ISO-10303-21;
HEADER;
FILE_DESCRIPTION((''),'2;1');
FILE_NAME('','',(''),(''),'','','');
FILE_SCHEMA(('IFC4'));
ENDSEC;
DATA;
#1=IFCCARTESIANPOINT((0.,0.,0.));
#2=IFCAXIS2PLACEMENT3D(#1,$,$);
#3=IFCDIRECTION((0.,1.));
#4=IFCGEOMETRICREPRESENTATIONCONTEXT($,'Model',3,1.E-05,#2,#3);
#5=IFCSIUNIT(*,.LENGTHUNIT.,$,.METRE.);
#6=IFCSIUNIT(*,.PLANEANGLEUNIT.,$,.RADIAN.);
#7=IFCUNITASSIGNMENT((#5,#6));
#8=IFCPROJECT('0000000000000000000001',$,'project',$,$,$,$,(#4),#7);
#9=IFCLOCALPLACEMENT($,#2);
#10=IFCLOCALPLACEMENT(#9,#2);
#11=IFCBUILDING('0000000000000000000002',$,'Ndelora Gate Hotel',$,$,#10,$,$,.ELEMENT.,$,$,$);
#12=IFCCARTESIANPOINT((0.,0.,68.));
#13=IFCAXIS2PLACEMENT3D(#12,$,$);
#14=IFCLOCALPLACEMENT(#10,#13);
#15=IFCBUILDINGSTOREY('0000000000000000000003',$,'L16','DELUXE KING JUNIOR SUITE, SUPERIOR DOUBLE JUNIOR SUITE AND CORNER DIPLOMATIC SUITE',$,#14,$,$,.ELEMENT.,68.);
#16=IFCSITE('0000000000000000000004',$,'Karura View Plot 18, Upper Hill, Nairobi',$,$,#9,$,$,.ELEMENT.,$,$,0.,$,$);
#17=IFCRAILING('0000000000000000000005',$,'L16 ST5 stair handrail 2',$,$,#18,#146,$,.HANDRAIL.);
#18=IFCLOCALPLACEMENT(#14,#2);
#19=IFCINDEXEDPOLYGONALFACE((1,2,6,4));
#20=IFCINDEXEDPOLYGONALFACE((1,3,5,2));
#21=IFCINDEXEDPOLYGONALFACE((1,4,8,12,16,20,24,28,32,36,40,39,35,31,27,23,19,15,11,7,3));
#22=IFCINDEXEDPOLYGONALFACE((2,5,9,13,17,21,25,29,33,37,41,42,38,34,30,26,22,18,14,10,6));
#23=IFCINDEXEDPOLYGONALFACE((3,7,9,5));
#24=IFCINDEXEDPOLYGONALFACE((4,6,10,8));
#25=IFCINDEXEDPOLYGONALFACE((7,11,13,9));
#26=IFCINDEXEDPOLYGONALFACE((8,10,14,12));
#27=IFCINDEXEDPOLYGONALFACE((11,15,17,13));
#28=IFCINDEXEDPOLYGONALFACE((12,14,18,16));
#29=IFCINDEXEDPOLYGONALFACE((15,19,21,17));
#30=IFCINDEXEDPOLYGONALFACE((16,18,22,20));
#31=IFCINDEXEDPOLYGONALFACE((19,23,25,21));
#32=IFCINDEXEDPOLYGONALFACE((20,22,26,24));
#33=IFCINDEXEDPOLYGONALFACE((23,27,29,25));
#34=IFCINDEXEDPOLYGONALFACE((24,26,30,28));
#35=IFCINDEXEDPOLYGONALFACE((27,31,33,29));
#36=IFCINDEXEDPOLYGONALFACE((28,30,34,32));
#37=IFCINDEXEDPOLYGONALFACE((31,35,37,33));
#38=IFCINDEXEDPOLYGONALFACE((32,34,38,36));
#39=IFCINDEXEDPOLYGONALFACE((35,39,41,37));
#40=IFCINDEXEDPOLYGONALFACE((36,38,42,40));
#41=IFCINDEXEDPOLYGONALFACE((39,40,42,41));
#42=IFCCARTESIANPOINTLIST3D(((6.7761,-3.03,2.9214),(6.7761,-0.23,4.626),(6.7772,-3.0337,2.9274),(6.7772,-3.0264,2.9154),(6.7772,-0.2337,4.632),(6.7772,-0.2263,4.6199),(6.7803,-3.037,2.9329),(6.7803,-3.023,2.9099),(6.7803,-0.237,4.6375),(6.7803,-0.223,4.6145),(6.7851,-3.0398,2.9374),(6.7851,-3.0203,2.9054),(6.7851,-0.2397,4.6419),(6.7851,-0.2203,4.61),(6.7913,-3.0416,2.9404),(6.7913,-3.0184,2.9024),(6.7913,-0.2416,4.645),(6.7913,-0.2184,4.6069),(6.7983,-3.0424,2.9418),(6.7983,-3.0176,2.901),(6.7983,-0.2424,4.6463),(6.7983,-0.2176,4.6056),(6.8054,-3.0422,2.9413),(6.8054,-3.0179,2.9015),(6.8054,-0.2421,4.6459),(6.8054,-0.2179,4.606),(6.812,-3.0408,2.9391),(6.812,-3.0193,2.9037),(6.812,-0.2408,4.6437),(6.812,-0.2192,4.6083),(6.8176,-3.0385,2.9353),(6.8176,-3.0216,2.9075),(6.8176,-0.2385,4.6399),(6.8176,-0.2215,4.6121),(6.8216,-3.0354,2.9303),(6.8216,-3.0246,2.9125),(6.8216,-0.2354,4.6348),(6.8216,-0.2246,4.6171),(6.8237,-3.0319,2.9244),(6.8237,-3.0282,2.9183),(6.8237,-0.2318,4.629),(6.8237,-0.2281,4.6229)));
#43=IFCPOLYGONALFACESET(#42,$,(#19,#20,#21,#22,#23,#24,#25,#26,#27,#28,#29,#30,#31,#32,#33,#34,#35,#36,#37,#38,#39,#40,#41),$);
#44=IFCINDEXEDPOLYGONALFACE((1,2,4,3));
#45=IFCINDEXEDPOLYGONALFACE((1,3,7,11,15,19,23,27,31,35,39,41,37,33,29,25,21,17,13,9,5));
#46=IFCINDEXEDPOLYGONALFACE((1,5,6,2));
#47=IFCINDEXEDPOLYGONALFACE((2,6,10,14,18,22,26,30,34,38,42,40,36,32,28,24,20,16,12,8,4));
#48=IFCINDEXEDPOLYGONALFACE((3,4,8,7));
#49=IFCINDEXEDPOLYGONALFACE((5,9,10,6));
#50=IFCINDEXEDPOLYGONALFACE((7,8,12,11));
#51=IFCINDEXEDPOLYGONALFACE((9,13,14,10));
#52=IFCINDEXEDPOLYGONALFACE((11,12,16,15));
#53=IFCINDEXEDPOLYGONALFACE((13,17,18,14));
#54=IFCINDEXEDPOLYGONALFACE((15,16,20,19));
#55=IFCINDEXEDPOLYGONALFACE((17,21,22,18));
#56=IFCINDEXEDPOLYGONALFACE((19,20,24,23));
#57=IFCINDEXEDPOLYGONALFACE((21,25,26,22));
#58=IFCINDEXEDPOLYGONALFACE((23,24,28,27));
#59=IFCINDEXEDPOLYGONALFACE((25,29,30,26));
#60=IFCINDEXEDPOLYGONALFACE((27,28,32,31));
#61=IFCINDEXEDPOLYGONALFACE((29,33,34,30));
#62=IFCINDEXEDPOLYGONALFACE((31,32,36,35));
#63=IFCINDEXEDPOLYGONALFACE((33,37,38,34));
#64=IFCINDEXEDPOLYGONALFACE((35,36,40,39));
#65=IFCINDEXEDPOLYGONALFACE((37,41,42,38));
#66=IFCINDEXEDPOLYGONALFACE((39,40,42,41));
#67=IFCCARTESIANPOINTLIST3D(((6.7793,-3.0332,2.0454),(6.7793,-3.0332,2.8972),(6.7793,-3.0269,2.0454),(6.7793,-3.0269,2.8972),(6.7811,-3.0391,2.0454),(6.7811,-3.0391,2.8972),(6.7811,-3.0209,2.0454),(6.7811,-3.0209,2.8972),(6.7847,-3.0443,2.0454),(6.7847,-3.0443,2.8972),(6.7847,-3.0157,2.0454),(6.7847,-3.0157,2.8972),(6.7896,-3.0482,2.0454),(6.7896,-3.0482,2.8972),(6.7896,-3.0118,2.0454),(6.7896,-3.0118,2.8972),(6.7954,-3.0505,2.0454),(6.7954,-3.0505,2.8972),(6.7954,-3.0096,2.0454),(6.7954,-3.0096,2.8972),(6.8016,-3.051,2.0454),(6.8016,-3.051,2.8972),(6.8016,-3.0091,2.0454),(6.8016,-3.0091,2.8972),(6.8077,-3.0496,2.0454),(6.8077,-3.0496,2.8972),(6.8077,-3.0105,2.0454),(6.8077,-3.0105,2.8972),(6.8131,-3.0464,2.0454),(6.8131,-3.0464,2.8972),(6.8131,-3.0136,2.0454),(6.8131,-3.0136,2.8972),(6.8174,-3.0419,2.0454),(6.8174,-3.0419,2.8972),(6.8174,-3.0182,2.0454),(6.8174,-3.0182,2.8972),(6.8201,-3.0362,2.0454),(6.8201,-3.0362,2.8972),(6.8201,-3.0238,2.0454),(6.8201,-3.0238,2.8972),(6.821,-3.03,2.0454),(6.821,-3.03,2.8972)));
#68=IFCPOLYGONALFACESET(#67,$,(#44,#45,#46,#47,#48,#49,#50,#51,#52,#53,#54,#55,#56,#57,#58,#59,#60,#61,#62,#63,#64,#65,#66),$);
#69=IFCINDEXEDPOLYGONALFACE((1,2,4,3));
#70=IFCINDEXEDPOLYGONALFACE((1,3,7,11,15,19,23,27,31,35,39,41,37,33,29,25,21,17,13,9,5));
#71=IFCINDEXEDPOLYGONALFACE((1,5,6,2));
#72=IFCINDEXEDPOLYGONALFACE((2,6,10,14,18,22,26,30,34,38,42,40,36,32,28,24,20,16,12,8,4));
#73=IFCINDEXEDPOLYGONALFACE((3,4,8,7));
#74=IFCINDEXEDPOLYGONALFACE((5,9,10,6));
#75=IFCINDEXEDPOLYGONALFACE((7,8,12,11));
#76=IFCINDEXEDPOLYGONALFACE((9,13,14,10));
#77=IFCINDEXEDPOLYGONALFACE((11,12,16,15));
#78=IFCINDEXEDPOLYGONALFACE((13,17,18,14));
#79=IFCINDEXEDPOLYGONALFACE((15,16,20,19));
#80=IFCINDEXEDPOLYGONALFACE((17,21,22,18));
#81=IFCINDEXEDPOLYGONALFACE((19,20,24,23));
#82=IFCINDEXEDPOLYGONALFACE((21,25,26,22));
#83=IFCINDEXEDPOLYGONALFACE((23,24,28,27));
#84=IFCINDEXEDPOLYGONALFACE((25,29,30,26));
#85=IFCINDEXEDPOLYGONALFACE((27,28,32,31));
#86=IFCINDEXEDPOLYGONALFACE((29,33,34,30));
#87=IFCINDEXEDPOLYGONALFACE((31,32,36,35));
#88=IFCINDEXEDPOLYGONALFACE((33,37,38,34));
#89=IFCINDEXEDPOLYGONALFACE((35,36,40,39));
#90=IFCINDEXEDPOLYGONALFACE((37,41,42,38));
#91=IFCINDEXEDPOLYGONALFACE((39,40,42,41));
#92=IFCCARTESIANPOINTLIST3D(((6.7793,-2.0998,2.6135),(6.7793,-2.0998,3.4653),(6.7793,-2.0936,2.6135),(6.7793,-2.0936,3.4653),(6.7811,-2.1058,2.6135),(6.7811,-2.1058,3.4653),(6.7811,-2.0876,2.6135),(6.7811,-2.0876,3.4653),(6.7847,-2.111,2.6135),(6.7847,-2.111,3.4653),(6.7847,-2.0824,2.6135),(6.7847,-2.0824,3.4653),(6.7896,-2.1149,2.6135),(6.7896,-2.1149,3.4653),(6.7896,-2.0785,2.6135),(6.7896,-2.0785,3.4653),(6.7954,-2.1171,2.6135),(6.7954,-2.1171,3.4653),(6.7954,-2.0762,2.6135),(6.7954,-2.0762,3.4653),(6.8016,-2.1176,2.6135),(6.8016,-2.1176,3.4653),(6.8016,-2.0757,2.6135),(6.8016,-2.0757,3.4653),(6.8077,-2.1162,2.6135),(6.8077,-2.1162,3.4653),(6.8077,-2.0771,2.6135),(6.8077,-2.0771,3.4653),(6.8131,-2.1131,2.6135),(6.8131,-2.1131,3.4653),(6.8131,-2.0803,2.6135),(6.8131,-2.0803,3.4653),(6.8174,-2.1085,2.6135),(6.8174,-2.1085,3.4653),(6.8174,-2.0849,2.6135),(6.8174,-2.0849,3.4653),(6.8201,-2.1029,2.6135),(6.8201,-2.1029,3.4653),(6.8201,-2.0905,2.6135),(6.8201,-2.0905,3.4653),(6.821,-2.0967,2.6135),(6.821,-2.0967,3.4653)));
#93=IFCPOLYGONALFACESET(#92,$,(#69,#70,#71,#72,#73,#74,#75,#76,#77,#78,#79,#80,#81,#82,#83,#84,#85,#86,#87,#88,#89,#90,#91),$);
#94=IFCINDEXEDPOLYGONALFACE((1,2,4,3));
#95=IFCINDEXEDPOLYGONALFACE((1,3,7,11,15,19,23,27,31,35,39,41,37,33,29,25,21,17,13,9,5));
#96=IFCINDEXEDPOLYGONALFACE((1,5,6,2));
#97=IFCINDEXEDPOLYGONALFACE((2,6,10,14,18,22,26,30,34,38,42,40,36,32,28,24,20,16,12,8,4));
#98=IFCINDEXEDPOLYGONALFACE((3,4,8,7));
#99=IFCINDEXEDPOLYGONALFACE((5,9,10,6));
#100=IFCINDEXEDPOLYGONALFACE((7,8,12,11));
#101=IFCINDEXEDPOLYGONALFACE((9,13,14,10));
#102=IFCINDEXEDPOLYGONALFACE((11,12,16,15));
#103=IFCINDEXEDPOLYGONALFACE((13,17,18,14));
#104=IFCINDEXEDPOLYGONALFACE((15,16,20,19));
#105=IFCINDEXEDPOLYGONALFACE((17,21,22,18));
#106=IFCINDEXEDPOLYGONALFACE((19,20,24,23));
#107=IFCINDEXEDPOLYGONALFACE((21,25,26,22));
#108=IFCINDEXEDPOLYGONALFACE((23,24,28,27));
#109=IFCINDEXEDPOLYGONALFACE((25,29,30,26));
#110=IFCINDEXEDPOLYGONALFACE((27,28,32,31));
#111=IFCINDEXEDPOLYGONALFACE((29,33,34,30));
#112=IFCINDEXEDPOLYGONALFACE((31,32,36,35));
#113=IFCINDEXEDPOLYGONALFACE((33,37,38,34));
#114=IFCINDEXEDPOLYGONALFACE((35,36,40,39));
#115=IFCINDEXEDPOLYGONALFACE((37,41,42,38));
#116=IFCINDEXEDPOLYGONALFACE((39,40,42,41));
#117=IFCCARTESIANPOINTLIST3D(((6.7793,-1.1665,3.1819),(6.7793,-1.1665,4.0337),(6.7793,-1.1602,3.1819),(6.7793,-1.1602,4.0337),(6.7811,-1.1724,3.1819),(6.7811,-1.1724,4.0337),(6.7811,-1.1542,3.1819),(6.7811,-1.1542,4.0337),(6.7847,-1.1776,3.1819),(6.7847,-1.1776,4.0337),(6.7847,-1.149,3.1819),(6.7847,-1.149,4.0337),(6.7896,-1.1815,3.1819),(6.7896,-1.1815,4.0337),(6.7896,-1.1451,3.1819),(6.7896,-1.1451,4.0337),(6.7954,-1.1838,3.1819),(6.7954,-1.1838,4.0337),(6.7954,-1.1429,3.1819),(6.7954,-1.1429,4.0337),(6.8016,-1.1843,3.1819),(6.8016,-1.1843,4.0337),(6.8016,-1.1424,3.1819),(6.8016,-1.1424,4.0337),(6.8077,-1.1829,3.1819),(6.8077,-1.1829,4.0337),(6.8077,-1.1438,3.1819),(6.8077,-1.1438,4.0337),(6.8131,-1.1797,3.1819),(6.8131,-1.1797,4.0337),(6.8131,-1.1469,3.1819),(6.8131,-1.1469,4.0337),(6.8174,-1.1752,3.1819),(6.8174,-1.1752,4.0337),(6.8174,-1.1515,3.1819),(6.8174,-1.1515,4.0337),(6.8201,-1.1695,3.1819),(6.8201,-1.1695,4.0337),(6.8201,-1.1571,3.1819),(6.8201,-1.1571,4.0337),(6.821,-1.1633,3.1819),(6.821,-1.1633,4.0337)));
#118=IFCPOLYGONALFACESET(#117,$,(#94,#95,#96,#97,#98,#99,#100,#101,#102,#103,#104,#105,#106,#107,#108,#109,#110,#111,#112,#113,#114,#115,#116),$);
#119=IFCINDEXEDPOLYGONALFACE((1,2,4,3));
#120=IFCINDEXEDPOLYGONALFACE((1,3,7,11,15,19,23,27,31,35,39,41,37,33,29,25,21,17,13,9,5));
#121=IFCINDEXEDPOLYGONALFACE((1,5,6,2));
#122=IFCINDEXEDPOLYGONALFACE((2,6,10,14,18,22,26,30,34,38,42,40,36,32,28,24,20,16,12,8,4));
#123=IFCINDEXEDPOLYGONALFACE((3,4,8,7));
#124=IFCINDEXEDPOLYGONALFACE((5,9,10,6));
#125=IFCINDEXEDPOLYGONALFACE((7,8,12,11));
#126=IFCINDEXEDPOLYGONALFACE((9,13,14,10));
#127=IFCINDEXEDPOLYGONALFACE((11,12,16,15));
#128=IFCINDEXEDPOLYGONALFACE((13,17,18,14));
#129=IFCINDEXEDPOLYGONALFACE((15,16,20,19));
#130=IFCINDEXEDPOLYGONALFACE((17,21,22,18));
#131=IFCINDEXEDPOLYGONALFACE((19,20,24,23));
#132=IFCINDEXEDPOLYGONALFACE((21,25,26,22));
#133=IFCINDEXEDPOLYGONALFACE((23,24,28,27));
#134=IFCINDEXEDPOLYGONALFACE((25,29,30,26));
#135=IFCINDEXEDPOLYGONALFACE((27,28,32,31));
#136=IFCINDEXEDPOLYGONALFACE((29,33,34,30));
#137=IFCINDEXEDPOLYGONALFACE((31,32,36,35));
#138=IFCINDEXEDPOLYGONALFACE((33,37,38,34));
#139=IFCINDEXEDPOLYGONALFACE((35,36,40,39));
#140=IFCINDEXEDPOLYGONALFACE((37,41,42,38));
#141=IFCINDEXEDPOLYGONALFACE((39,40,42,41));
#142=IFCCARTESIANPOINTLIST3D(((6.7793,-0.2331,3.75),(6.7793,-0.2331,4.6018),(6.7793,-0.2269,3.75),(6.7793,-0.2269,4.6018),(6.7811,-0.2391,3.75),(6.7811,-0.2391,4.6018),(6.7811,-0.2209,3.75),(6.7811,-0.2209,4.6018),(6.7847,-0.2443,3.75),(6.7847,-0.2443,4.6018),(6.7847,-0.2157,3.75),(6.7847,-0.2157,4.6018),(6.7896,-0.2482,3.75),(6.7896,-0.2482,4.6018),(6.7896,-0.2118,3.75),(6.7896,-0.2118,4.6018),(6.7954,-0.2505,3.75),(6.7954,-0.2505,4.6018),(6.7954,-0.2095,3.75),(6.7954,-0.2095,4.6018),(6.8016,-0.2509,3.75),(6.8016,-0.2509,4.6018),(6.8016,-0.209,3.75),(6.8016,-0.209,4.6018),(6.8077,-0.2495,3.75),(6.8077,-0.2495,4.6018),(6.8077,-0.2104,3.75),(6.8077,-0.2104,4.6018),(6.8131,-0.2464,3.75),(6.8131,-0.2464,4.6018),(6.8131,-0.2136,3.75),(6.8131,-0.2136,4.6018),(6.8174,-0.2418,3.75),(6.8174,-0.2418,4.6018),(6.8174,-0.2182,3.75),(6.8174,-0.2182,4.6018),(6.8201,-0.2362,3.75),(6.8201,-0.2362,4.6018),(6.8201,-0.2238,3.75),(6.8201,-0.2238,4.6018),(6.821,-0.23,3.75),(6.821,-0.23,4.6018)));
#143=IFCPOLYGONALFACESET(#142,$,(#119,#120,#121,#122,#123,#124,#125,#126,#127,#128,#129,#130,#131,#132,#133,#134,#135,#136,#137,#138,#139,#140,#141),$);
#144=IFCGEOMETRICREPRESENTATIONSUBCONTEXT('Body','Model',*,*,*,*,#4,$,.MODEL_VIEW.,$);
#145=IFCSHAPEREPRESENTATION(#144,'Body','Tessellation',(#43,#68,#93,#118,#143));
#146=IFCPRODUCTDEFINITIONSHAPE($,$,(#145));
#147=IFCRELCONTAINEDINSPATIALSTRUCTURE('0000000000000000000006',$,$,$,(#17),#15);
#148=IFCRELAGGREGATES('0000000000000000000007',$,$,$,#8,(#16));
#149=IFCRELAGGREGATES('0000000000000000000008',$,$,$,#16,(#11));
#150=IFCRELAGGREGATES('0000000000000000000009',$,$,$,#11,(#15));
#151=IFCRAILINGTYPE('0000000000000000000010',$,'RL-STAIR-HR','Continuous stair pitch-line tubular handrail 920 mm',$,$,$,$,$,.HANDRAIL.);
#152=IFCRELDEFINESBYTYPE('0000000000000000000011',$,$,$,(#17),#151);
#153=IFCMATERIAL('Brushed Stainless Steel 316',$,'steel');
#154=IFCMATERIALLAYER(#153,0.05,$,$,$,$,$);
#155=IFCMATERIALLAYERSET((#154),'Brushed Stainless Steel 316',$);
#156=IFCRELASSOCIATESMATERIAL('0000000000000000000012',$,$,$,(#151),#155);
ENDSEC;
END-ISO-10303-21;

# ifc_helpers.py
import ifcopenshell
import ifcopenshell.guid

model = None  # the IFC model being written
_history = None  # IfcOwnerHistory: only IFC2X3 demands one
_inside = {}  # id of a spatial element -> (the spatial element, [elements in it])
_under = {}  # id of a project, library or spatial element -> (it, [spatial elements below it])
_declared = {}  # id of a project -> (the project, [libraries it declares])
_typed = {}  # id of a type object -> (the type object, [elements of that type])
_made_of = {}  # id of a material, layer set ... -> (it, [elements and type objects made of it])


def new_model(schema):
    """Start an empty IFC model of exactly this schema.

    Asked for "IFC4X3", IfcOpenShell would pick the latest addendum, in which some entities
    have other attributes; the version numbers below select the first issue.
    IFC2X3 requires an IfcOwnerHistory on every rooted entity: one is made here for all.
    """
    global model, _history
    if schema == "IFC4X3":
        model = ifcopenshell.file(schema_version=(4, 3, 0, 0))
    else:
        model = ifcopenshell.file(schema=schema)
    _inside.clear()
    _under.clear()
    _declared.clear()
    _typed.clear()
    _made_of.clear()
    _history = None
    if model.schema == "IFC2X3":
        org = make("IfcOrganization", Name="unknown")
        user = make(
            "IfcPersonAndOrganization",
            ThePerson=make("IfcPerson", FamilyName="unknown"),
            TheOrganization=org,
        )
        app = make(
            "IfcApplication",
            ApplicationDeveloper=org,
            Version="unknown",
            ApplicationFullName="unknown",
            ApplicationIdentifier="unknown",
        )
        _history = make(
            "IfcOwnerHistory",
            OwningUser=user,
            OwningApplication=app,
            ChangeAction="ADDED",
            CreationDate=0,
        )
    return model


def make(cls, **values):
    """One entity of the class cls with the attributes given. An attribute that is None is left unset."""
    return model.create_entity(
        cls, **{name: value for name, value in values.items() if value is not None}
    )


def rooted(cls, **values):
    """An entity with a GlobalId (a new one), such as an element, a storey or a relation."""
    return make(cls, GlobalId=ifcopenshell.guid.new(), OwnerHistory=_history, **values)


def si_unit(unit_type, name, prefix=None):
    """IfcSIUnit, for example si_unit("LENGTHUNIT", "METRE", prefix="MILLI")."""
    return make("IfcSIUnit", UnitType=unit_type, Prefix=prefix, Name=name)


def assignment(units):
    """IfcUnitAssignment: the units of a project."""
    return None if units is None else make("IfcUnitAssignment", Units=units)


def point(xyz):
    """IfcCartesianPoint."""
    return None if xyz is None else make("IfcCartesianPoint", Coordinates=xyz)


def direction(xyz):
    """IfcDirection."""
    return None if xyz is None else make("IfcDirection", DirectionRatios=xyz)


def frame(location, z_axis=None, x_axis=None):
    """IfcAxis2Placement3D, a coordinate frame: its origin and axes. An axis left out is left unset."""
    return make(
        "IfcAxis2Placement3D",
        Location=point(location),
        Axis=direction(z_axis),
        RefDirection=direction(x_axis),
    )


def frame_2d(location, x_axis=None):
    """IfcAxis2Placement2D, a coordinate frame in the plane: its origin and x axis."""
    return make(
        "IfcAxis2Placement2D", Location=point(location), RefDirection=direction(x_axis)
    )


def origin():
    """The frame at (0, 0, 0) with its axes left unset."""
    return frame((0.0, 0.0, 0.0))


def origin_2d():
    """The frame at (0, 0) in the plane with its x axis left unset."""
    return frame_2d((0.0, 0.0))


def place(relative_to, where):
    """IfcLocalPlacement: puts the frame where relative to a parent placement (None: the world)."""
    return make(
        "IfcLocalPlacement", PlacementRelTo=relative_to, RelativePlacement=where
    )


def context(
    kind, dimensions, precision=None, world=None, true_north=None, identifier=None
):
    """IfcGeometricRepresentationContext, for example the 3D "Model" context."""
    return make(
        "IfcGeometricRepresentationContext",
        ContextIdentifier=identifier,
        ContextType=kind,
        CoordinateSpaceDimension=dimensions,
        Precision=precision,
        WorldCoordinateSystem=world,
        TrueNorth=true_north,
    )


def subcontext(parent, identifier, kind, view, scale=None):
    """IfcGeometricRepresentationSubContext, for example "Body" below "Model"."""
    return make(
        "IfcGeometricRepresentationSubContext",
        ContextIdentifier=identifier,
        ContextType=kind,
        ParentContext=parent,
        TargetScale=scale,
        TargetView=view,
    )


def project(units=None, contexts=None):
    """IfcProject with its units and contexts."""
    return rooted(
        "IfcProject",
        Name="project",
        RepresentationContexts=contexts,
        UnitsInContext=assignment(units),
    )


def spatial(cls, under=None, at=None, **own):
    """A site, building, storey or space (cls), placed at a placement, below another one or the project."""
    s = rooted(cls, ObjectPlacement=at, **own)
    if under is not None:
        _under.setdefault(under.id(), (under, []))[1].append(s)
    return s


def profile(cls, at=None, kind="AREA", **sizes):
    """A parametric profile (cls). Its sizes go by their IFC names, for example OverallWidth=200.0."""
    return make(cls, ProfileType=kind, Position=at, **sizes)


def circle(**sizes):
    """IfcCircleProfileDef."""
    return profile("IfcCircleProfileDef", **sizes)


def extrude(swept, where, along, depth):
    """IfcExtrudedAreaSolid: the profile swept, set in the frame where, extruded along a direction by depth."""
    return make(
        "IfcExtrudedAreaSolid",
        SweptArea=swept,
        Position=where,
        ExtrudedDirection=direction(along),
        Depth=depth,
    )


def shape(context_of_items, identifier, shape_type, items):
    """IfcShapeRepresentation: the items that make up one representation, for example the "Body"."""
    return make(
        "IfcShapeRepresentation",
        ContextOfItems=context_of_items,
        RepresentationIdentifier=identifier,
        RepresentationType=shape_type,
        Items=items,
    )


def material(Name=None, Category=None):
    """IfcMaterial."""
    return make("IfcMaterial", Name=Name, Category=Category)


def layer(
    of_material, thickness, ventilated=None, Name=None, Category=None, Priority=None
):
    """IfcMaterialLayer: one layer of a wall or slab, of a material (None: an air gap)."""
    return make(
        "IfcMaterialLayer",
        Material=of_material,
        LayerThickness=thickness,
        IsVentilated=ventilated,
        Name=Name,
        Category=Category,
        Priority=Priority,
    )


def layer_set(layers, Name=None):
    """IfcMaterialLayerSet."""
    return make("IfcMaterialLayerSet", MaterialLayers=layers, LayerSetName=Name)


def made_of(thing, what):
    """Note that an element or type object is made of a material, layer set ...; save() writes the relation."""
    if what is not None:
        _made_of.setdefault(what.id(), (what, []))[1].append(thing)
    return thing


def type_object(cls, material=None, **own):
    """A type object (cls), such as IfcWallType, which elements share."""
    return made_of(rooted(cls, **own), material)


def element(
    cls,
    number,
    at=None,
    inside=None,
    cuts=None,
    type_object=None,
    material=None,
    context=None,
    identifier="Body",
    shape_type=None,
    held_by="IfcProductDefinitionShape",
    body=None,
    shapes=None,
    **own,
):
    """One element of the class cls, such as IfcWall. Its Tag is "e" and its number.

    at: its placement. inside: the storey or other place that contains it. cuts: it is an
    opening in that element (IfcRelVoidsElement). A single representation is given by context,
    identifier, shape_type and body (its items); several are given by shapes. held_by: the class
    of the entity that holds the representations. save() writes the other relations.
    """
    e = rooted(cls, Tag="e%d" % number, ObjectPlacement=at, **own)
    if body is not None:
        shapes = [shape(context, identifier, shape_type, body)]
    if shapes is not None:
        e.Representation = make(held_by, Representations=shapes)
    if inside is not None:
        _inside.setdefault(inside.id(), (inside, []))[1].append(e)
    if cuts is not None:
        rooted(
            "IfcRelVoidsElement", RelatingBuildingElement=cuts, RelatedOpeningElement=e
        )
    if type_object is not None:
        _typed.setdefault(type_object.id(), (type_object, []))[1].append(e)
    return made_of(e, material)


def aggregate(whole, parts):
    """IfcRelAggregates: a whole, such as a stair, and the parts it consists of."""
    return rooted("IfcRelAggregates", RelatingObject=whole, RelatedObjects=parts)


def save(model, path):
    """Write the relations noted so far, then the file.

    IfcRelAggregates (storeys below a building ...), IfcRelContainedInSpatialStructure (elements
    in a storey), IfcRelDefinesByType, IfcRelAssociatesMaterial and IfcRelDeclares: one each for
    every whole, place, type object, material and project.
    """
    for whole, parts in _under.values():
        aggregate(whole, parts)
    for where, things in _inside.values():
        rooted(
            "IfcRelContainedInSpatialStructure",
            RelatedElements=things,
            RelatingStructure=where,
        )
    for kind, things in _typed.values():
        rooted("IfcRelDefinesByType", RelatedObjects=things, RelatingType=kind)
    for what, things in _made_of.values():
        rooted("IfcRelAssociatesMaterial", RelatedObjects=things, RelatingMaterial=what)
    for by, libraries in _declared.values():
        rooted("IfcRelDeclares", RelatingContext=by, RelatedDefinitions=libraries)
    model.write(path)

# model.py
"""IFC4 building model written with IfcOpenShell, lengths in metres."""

from ifc_helpers import new_model, si_unit, direction, frame, origin, origin_2d, place, context, subcontext, project, spatial, circle, extrude, material, layer, layer_set, type_object, element, save


model = new_model("IFC4")

# Units and contexts
model_context = context("Model", 3, precision=1e-05, world=origin(), true_north=direction((0.0, 1.0)))
body_context = subcontext(model_context, "Body", "Model", "MODEL_VIEW")
ifc_project = project(units=[si_unit("LENGTHUNIT", "METRE"), si_unit("PLANEANGLEUNIT", "RADIAN")], contexts=[model_context])

# Site, building, storey
site_placement = place(None, origin())
site = spatial("IfcSite", under=ifc_project, at=site_placement, Name="Karura View Plot 18, Upper Hill, Nairobi", CompositionType="ELEMENT", RefElevation=0.0)
building_placement = place(site_placement, origin())
building = spatial("IfcBuilding", under=site, at=building_placement, Name="Ndelora Gate Hotel", CompositionType="ELEMENT")
storey_placement = place(building_placement, frame((0.0, 0.0, 68.0)))
storey = spatial("IfcBuildingStorey", under=building, at=storey_placement, Name="L16", Description="DELUXE KING JUNIOR SUITE, SUPERIOR DOUBLE JUNIOR SUITE AND CORNER DIPLOMATIC SUITE", CompositionType="ELEMENT", Elevation=68.0)

# Railing
ifc_material_1 = material(Name="Brushed Stainless Steel 316", Category="steel")
ifc_layer_1 = layer(ifc_material_1, 0.05)
ifc_layer_set_1 = layer_set([ifc_layer_1], Name="Brushed Stainless Steel 316")
railing_type_1 = type_object("IfcRailingType", Name="RL-STAIR-HR", Description="Continuous stair pitch-line tubular handrail 920 mm", PredefinedType="HANDRAIL", material=ifc_layer_set_1)
railing_1_placement = place(storey_placement, frame((6.8, -3.03, 2.0454)))
element("IfcRailing", 1, at=railing_1_placement, inside=storey, type_object=railing_type_1, Name="L16 ST5 stair handrail 2", PredefinedType="HANDRAIL", context=body_context, shape_type="SweptSolid", body=[
    extrude(circle(Radius=0.0239, at=origin_2d()), frame((0.0, 0.0, 0.876), z_axis=(0.0, 0.85417, 0.519994), x_axis=(-1.0, 0.0, 0.0)), (0.0, 0.0, 1.0), 3.2781),
    extrude(circle(Radius=0.021, at=origin_2d()), origin(), (0.0, 0.0, 1.0), 0.8518),
    extrude(circle(Radius=0.021, at=origin_2d()), frame((0.0, 0.9333, 0.5681)), (0.0, 0.0, 1.0), 0.8518),
    extrude(circle(Radius=0.021, at=origin_2d()), frame((0.0, 1.8667, 1.1365)), (0.0, 0.0, 1.0), 0.8518),
    extrude(circle(Radius=0.021, at=origin_2d()), frame((0.0, 2.8, 1.7046)), (0.0, 0.0, 1.0), 0.8518),
])

save(model, "model.ifc")
